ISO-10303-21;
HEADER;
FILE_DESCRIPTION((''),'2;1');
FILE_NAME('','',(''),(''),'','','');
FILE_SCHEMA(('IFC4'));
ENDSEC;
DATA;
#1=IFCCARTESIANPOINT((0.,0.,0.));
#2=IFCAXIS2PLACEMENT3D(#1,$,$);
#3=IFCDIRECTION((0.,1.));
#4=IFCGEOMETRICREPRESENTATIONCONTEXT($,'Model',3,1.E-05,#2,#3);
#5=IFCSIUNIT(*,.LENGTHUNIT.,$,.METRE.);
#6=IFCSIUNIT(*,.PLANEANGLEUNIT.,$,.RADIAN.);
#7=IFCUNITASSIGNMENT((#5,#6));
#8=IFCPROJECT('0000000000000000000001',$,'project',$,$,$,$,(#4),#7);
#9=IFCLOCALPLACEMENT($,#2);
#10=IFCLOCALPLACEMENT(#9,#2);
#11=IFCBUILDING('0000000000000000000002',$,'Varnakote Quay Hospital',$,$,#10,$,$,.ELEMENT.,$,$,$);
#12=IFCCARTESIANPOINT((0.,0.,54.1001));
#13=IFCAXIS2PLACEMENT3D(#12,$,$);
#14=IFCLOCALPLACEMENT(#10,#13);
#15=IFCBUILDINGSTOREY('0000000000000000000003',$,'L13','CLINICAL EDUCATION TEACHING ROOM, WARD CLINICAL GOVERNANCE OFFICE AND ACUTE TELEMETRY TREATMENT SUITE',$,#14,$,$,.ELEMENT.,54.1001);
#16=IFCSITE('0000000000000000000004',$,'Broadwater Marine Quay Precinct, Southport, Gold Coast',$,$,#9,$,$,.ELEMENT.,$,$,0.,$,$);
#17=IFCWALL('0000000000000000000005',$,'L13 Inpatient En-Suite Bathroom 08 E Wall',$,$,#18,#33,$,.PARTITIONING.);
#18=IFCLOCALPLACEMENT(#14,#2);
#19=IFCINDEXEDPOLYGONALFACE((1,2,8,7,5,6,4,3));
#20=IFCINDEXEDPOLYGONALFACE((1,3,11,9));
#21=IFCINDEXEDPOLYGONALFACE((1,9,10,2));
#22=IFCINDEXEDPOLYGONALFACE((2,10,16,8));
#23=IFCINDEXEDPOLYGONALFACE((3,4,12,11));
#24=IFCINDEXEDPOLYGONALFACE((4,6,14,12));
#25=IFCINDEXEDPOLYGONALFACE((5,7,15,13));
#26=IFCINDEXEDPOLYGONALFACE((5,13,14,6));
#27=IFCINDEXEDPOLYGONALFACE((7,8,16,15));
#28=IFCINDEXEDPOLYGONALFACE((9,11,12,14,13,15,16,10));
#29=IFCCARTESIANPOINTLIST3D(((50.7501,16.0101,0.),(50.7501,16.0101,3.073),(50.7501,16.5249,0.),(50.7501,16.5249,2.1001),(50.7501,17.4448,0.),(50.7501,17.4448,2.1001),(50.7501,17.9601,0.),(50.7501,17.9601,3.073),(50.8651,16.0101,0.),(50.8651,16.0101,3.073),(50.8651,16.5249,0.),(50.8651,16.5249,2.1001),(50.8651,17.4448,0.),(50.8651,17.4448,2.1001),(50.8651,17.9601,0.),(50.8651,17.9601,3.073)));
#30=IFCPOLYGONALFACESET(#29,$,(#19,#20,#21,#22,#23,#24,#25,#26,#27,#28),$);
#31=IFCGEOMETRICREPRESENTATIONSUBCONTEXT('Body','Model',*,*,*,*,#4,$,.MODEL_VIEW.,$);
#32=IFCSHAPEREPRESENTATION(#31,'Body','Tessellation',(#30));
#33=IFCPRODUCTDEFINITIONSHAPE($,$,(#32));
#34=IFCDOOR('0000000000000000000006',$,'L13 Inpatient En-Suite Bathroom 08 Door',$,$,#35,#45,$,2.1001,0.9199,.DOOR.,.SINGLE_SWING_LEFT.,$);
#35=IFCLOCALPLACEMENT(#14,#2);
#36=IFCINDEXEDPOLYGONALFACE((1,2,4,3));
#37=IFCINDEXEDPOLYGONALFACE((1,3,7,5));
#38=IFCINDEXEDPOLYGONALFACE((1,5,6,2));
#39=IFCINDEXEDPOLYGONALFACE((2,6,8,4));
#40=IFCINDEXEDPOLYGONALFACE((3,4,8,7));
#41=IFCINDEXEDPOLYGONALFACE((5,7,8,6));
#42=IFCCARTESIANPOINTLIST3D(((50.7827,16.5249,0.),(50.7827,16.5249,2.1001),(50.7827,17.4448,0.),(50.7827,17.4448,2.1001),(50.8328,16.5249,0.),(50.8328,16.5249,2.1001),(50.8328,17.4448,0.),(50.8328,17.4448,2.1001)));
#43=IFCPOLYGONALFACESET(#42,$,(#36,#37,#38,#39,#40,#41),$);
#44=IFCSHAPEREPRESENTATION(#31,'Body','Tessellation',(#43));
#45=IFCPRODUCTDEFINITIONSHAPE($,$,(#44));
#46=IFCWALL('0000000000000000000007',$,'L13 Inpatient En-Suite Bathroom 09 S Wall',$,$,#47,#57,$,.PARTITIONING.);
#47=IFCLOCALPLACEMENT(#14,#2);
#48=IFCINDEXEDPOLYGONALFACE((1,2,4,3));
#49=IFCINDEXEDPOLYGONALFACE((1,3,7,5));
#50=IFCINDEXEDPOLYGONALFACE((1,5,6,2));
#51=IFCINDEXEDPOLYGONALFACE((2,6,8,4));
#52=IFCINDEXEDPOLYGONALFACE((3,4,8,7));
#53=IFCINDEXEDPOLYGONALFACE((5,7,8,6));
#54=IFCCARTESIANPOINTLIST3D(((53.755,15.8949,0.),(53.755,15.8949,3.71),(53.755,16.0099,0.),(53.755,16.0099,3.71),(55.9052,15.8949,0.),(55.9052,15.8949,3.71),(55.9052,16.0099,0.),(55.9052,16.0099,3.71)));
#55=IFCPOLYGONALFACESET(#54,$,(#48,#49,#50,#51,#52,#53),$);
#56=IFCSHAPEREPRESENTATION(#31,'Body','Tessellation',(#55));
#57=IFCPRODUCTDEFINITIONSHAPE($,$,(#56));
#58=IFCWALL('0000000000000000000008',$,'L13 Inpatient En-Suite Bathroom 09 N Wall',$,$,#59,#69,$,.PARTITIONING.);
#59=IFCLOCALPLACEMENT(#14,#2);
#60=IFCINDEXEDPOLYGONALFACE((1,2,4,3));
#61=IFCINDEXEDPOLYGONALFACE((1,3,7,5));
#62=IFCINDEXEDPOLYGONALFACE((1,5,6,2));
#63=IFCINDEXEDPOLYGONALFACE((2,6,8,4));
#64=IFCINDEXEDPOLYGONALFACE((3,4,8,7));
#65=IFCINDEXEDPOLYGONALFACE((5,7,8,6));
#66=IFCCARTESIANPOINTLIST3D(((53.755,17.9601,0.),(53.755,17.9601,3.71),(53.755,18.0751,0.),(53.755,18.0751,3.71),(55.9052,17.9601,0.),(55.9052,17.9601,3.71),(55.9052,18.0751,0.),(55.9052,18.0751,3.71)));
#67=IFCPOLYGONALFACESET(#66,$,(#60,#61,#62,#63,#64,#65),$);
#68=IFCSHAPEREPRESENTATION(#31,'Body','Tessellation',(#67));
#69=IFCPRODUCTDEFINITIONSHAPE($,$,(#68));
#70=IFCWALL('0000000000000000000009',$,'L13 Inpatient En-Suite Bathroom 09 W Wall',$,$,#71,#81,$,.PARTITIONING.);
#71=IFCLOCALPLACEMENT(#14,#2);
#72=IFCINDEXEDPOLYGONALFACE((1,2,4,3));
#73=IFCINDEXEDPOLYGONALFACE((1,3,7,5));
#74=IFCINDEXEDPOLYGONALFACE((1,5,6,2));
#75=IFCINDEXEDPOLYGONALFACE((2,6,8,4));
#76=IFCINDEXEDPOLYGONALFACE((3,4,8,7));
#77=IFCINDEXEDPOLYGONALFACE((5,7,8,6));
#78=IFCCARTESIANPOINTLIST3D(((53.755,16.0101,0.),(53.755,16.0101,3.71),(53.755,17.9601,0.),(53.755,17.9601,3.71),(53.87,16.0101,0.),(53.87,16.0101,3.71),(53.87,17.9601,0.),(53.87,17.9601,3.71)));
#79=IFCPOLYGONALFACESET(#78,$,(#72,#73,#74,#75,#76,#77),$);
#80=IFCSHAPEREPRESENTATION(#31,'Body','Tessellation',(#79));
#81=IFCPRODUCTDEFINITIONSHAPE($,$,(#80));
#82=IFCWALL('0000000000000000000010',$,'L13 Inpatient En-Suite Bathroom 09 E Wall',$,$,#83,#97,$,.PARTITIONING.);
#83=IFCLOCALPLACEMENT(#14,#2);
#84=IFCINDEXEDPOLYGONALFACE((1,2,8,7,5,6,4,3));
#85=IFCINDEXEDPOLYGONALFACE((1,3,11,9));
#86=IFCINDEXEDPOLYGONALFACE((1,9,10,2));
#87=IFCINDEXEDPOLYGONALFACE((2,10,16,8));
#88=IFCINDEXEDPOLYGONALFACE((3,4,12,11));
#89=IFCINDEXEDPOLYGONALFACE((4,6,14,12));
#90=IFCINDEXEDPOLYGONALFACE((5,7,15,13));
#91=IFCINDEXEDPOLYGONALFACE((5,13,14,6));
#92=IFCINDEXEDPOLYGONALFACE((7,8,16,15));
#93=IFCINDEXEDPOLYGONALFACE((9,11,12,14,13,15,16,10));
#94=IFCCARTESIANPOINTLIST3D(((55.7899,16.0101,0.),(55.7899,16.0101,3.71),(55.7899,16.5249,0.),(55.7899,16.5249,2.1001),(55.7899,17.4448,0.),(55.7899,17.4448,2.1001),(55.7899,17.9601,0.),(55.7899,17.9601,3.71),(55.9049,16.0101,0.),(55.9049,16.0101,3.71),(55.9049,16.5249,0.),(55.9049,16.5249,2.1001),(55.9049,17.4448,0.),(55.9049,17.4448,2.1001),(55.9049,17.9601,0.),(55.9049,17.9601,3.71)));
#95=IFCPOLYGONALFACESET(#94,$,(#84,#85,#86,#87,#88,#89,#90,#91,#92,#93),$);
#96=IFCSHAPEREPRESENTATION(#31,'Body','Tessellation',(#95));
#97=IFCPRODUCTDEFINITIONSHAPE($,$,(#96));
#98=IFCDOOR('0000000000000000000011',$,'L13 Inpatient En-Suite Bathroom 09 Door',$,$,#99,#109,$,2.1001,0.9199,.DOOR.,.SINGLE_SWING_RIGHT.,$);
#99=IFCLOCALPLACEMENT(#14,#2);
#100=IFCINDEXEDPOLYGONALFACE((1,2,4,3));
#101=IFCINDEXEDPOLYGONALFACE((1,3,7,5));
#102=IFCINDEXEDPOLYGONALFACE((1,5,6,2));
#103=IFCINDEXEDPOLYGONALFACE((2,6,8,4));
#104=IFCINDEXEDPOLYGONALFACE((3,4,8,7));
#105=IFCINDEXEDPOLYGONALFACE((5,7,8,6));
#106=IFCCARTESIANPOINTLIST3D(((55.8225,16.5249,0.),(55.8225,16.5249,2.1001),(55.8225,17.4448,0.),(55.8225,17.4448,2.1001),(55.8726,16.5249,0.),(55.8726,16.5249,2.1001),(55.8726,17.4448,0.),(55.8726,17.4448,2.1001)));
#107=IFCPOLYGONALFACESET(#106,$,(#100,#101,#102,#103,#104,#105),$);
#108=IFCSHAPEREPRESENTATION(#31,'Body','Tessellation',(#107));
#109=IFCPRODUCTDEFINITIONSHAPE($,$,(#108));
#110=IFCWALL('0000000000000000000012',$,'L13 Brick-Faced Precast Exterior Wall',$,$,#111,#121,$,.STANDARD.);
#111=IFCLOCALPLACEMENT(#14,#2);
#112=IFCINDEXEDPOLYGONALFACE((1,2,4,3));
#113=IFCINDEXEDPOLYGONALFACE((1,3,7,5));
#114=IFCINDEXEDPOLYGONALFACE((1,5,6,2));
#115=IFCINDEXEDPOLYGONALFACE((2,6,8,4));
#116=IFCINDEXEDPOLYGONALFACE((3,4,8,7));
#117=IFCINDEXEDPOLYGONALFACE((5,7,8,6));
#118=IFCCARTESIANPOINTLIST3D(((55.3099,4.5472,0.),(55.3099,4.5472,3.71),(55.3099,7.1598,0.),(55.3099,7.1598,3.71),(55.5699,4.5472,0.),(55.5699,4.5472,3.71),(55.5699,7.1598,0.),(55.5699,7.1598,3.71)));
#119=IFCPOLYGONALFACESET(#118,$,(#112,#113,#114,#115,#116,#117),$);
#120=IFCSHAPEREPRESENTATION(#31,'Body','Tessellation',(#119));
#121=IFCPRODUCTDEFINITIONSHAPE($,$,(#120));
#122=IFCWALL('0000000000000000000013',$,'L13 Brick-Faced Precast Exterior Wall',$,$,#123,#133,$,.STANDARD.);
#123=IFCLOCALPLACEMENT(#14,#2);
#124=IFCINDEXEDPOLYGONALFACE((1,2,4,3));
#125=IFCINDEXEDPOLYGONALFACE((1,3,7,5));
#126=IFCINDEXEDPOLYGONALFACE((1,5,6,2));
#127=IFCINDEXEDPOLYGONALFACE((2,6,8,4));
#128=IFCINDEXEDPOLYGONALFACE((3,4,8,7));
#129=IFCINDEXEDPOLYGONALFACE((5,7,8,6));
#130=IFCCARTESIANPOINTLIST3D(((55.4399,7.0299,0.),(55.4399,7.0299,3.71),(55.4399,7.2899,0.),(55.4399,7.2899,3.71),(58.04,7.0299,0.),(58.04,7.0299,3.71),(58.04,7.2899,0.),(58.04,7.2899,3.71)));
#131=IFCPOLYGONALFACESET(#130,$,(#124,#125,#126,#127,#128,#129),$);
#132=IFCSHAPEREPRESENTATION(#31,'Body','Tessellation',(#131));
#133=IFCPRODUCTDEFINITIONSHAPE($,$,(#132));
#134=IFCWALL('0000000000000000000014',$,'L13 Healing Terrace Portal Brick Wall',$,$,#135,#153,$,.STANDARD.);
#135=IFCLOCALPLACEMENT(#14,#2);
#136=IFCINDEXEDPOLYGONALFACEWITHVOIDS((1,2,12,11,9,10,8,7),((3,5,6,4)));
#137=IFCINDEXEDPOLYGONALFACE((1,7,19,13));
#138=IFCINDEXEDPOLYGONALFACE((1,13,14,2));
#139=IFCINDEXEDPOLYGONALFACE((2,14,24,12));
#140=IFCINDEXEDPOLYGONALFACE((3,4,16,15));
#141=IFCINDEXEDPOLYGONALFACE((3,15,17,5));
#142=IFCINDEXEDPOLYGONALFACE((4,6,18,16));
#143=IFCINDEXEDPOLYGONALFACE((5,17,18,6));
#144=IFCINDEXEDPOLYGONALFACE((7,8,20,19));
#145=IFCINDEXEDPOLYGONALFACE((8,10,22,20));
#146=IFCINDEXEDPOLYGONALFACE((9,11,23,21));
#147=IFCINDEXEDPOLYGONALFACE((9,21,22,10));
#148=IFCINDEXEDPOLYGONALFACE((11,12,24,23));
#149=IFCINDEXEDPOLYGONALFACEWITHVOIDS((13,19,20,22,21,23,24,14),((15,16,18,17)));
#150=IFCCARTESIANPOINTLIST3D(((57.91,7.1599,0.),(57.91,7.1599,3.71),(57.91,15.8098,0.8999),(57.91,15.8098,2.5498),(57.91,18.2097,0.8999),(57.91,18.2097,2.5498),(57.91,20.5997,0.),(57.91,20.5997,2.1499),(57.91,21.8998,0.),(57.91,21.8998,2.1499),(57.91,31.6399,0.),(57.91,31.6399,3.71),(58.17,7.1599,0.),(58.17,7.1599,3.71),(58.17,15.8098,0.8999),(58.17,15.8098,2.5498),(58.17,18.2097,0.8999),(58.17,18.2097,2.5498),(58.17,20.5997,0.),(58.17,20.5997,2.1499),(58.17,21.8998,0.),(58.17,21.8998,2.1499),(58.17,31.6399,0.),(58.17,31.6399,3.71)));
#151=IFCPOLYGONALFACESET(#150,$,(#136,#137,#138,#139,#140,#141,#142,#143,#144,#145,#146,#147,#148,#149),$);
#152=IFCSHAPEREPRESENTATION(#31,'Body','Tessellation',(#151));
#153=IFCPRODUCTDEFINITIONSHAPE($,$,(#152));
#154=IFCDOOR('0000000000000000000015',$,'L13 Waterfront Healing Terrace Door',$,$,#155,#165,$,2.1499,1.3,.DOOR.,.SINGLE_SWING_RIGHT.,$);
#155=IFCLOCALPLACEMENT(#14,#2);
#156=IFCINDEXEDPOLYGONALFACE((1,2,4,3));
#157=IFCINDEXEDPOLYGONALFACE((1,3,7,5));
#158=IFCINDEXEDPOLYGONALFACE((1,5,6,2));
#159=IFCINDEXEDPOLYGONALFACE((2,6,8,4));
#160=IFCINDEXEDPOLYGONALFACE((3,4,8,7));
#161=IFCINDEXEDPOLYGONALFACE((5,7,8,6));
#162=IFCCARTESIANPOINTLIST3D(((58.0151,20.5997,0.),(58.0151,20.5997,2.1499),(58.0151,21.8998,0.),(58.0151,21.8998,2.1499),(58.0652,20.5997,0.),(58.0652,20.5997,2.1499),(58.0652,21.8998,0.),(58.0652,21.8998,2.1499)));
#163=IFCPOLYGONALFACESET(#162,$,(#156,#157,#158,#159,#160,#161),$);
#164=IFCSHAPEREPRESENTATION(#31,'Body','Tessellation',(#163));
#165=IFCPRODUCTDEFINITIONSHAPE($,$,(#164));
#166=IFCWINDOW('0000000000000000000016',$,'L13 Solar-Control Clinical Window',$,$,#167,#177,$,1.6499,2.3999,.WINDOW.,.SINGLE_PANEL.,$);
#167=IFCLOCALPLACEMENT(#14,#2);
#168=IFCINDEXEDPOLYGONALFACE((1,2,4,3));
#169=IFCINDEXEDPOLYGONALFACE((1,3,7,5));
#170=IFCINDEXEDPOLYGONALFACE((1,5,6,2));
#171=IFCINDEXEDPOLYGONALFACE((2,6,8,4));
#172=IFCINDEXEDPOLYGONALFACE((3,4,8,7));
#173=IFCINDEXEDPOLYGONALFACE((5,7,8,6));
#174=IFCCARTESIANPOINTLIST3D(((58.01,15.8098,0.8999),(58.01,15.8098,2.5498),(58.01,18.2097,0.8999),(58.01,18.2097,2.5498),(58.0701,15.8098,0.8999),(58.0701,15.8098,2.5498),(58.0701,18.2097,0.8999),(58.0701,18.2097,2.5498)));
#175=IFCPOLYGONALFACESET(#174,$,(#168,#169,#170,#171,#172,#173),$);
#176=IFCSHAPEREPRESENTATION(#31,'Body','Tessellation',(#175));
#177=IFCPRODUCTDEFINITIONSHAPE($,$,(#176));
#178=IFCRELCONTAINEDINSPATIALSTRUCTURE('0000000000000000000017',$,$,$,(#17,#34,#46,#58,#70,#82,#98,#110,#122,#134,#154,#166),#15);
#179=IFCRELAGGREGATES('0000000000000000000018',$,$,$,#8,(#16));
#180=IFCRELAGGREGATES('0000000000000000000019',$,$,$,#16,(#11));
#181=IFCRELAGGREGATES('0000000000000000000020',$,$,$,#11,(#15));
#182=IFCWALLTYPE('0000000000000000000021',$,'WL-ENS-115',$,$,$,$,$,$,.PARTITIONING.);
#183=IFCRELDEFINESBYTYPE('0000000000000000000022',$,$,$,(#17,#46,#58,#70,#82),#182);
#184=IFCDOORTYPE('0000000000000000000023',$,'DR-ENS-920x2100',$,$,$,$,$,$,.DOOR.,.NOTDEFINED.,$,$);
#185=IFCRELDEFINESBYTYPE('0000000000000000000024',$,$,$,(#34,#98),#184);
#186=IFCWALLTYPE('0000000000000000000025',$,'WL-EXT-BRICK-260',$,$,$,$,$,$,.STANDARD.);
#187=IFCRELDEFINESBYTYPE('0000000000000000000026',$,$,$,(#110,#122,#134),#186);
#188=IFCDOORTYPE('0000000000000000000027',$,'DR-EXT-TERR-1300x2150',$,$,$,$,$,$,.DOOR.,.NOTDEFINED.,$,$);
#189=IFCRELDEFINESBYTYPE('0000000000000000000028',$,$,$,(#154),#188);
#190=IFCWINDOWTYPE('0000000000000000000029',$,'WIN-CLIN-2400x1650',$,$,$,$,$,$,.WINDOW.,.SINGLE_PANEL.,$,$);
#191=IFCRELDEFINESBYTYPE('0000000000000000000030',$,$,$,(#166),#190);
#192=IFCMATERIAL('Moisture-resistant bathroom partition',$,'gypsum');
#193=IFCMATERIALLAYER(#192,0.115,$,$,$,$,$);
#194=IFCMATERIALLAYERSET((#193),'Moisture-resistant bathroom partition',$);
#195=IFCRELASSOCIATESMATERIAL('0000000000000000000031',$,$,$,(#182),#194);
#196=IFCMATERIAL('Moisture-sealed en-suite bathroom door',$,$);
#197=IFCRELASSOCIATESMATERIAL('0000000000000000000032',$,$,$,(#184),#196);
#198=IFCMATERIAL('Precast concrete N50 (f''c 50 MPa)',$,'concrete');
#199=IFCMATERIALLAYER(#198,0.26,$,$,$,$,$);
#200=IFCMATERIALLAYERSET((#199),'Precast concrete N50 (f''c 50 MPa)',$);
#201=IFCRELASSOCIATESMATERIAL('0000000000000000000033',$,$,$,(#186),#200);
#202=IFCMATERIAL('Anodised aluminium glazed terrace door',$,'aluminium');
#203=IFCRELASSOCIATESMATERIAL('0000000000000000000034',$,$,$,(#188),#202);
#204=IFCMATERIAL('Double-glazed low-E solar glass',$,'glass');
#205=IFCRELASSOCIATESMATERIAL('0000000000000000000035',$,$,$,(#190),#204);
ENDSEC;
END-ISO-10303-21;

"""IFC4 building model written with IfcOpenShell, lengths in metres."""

from ifc_helpers import new_model, si_unit, direction, frame, frame_2d, origin, place, context, subcontext, project, spatial, rectangle, extrude, material, layer, layer_set, type_object, element, fill, save


model = new_model("IFC4")

# Units and contexts
model_context = context("Model", 3, precision=1e-05, world=origin(), true_north=direction((0.0, 1.0)))
body_context = subcontext(model_context, "Body", "Model", "MODEL_VIEW")
ifc_project = project(units=[si_unit("LENGTHUNIT", "METRE"), si_unit("PLANEANGLEUNIT", "RADIAN")], contexts=[model_context])

# Site, building, storey
site_placement = place(None, origin())
site = spatial("IfcSite", under=ifc_project, at=site_placement, Name="Broadwater Marine Quay Precinct, Southport, Gold Coast", CompositionType="ELEMENT", RefElevation=0.0)
building_placement = place(site_placement, origin())
building = spatial("IfcBuilding", under=site, at=building_placement, Name="Varnakote Quay Hospital", CompositionType="ELEMENT")
storey_placement = place(building_placement, frame((0.0, 0.0, 54.1001)))
storey = spatial("IfcBuildingStorey", under=building, at=storey_placement, Name="L13", Description="CLINICAL EDUCATION TEACHING ROOM, WARD CLINICAL GOVERNANCE OFFICE AND ACUTE TELEMETRY TREATMENT SUITE", CompositionType="ELEMENT", Elevation=54.1001)

# Shared definitions
ifc_material_1 = material(Name="Moisture-resistant bathroom partition", Category="gypsum")
ifc_layer_1 = layer(ifc_material_1, 0.115)
ifc_layer_set_1 = layer_set([ifc_layer_1], Name="Moisture-resistant bathroom partition")
wall_type_1 = type_object("IfcWallType", Name="WL-ENS-115", PredefinedType="PARTITIONING", material=ifc_layer_set_1)

# Wall, opening, door
wall_1_placement = place(storey_placement, frame((50.8076, 16.01, 0.0), z_axis=(0.0, 0.0, 1.0), x_axis=(0.0, 1.0, 0.0)))
wall_1 = element("IfcWall", 1, at=wall_1_placement, inside=storey, type_object=wall_type_1, Name="L13 Inpatient En-Suite Bathroom 08 E Wall", PredefinedType="PARTITIONING", context=body_context, shape_type="SweptSolid", body=[
    extrude(rectangle(XDim=1.95, YDim=0.115, at=frame_2d((0.9751, 0.0))), origin(), (0.0, 0.0, 1.0), 3.073),
])
opening_1_placement = place(wall_1_placement, frame((0.5149, 0.0, 0.0)))
opening_1 = element("IfcOpeningElement", 2, at=opening_1_placement, cuts=wall_1, PredefinedType="OPENING", context=body_context, shape_type="SweptSolid", body=[
    extrude(rectangle(XDim=0.9199, YDim=2.1001, at=frame_2d((0.46, 1.05))), frame((0.0, 0.0674, 0.0), z_axis=(0.0, -1.0, 0.0), x_axis=(1.0, 0.0, 0.0)), (0.0, 0.0, 1.0), 0.135),
])
ifc_material_2 = material(Name="Moisture-sealed en-suite bathroom door")
door_type_1 = type_object("IfcDoorType", Name="DR-ENS-920x2100", OperationType="NOTDEFINED", PredefinedType="DOOR", material=ifc_material_2)
door_1_placement = place(opening_1_placement, origin())
door_1 = element("IfcDoor", 3, at=door_1_placement, inside=storey, type_object=door_type_1, Name="L13 Inpatient En-Suite Bathroom 08 Door", OperationType="SINGLE_SWING_LEFT", OverallHeight=2.1001, OverallWidth=0.9199, PredefinedType="DOOR", context=body_context, shape_type="SweptSolid", body=[
    extrude(rectangle(XDim=0.9199, YDim=2.1001, at=frame_2d((0.46, 1.05))), frame((0.0, 0.0249, 0.0), z_axis=(0.0, -1.0, 0.0), x_axis=(1.0, 0.0, 0.0)), (0.0, 0.0, 1.0), 0.05),
])
fill(opening_1, door_1)

# Walls
for number, where, z_axis, x_axis, name in (
    (4, (53.7549, 15.9524, 0.0), (0.0, 0.0, 1.0), (1.0, 0.0, 0.0), "L13 Inpatient En-Suite Bathroom 09 S Wall"),
    (5, (53.7549, 18.0176, 0.0), (0.0, 0.0, 1.0), (1.0, 0.0, 0.0), "L13 Inpatient En-Suite Bathroom 09 N Wall"),
):
    element("IfcWall", number, at=place(storey_placement, frame(where, z_axis=z_axis, x_axis=x_axis)), inside=storey, type_object=wall_type_1, Name=name, PredefinedType="PARTITIONING", context=body_context, shape_type="SweptSolid", body=[
        extrude(rectangle(XDim=2.1501, YDim=0.115, at=frame_2d((1.0752, 0.0))), origin(), (0.0, 0.0, 1.0), 3.71),
    ])
wall_2_placement = place(storey_placement, frame((53.8125, 16.01, 0.0), z_axis=(0.0, 0.0, 1.0), x_axis=(0.0, 1.0, 0.0)))
element("IfcWall", 6, at=wall_2_placement, inside=storey, type_object=wall_type_1, Name="L13 Inpatient En-Suite Bathroom 09 W Wall", PredefinedType="PARTITIONING", context=body_context, shape_type="SweptSolid", body=[
    extrude(rectangle(XDim=1.95, YDim=0.115, at=frame_2d((0.9751, 0.0))), origin(), (0.0, 0.0, 1.0), 3.71),
])

# Wall, opening, door
wall_3_placement = place(storey_placement, frame((55.8474, 16.01, 0.0), z_axis=(0.0, 0.0, 1.0), x_axis=(0.0, 1.0, 0.0)))
wall_3 = element("IfcWall", 7, at=wall_3_placement, inside=storey, type_object=wall_type_1, Name="L13 Inpatient En-Suite Bathroom 09 E Wall", PredefinedType="PARTITIONING", context=body_context, shape_type="SweptSolid", body=[
    extrude(rectangle(XDim=1.95, YDim=0.115, at=frame_2d((0.9751, 0.0))), origin(), (0.0, 0.0, 1.0), 3.71),
])
opening_2_placement = place(wall_3_placement, frame((0.5149, 0.0, 0.0)))
opening_2 = element("IfcOpeningElement", 8, at=opening_2_placement, cuts=wall_3, PredefinedType="OPENING", context=body_context, shape_type="SweptSolid", body=[
    extrude(rectangle(XDim=0.9199, YDim=2.1001, at=frame_2d((0.46, 1.05))), frame((0.0, 0.0674, 0.0), z_axis=(0.0, -1.0, 0.0), x_axis=(1.0, 0.0, 0.0)), (0.0, 0.0, 1.0), 0.135),
])
door_2_placement = place(opening_2_placement, origin())
door_2 = element("IfcDoor", 9, at=door_2_placement, inside=storey, type_object=door_type_1, Name="L13 Inpatient En-Suite Bathroom 09 Door", OperationType="SINGLE_SWING_RIGHT", OverallHeight=2.1001, OverallWidth=0.9199, PredefinedType="DOOR", context=body_context, shape_type="SweptSolid", body=[
    extrude(rectangle(XDim=0.9199, YDim=2.1001, at=frame_2d((0.46, 1.05))), frame((0.0, 0.0249, 0.0), z_axis=(0.0, -1.0, 0.0), x_axis=(1.0, 0.0, 0.0)), (0.0, 0.0, 1.0), 0.05),
])
fill(opening_2, door_2)

# Walls
ifc_material_3 = material(Name="Precast concrete N50 (f'c 50 MPa)", Category="concrete")
ifc_layer_2 = layer(ifc_material_3, 0.26)
ifc_layer_set_2 = layer_set([ifc_layer_2], Name="Precast concrete N50 (f'c 50 MPa)")
wall_type_2 = type_object("IfcWallType", Name="WL-EXT-BRICK-260", PredefinedType="STANDARD", material=ifc_layer_set_2)
wall_4_placement = place(storey_placement, frame((55.4399, 4.5474, 0.0), z_axis=(0.0, 0.0, 1.0), x_axis=(0.0, 1.0, 0.0)))
element("IfcWall", 10, at=wall_4_placement, inside=storey, type_object=wall_type_2, Name="L13 Brick-Faced Precast Exterior Wall", PredefinedType="STANDARD", context=body_context, shape_type="SweptSolid", body=[
    extrude(rectangle(XDim=2.6125, YDim=0.26, at=frame_2d((1.3062, 0.0))), origin(), (0.0, 0.0, 1.0), 3.71),
])
wall_5_placement = place(storey_placement, frame((55.4399, 7.1599, 0.0), z_axis=(0.0, 0.0, 1.0), x_axis=(1.0, 0.0, 0.0)))
element("IfcWall", 11, at=wall_5_placement, inside=storey, type_object=wall_type_2, Name="L13 Brick-Faced Precast Exterior Wall", PredefinedType="STANDARD", context=body_context, shape_type="SweptSolid", body=[
    extrude(rectangle(XDim=2.6001, YDim=0.26, at=frame_2d((1.3, 0.0))), origin(), (0.0, 0.0, 1.0), 3.71),
])

# Wall, openings, door, window
wall_6_placement = place(storey_placement, frame((58.04, 7.1599, 0.0), z_axis=(0.0, 0.0, 1.0), x_axis=(0.0, 1.0, 0.0)))
wall_6 = element("IfcWall", 12, at=wall_6_placement, inside=storey, type_object=wall_type_2, Name="L13 Healing Terrace Portal Brick Wall", PredefinedType="STANDARD", context=body_context, shape_type="SweptSolid", body=[
    extrude(rectangle(XDim=24.48, YDim=0.26, at=frame_2d((12.24, 0.0))), origin(), (0.0, 0.0, 1.0), 3.71),
])
opening_3_placement = place(wall_6_placement, frame((13.4399, 0.0, 0.0)))
opening_3 = element("IfcOpeningElement", 13, at=opening_3_placement, cuts=wall_6, PredefinedType="OPENING", context=body_context, shape_type="SweptSolid", body=[
    extrude(rectangle(XDim=1.3, YDim=2.1499, at=frame_2d((0.6499, 1.075))), frame((0.0, 0.1399, 0.0), z_axis=(0.0, -1.0, 0.0), x_axis=(1.0, 0.0, 0.0)), (0.0, 0.0, 1.0), 0.28),
])
opening_4_placement = place(wall_6_placement, frame((8.6499, 0.0, 0.8999)))
opening_4 = element("IfcOpeningElement", 14, at=opening_4_placement, cuts=wall_6, PredefinedType="OPENING", context=body_context, shape_type="SweptSolid", body=[
    extrude(rectangle(XDim=2.3999, YDim=1.6499, at=frame_2d((1.2, 0.825))), frame((0.0, 0.1399, 0.0), z_axis=(0.0, -1.0, 0.0), x_axis=(1.0, 0.0, 0.0)), (0.0, 0.0, 1.0), 0.28),
])
ifc_material_4 = material(Name="Anodised aluminium glazed terrace door", Category="aluminium")
door_type_2 = type_object("IfcDoorType", Name="DR-EXT-TERR-1300x2150", OperationType="NOTDEFINED", PredefinedType="DOOR", material=ifc_material_4)
door_3_placement = place(opening_3_placement, origin())
door_3 = element("IfcDoor", 15, at=door_3_placement, inside=storey, type_object=door_type_2, Name="L13 Waterfront Healing Terrace Door", OperationType="SINGLE_SWING_RIGHT", OverallHeight=2.1499, OverallWidth=1.3, PredefinedType="DOOR", context=body_context, shape_type="SweptSolid", body=[
    extrude(rectangle(XDim=1.3, YDim=2.1499, at=frame_2d((0.6499, 1.075))), frame((0.0, 0.0249, 0.0), z_axis=(0.0, -1.0, 0.0), x_axis=(1.0, 0.0, 0.0)), (0.0, 0.0, 1.0), 0.05),
])
fill(opening_3, door_3)
ifc_material_5 = material(Name="Double-glazed low-E solar glass", Category="glass")
window_type = type_object("IfcWindowType", Name="WIN-CLIN-2400x1650", PartitioningType="SINGLE_PANEL", PredefinedType="WINDOW", material=ifc_material_5)
window_placement = place(opening_4_placement, origin())
window = element("IfcWindow", 16, at=window_placement, inside=storey, type_object=window_type, Name="L13 Solar-Control Clinical Window", OverallHeight=1.6499, OverallWidth=2.3999, PartitioningType="SINGLE_PANEL", PredefinedType="WINDOW", context=body_context, shape_type="SweptSolid", body=[
    extrude(rectangle(XDim=2.3999, YDim=1.6499, at=frame_2d((1.2, 0.825))), frame((0.0, 0.03, 0.0), z_axis=(0.0, -1.0, 0.0), x_axis=(1.0, 0.0, 0.0)), (0.0, 0.0, 1.0), 0.0601),
])
fill(opening_4, window)

save(model, "model.ifc")
